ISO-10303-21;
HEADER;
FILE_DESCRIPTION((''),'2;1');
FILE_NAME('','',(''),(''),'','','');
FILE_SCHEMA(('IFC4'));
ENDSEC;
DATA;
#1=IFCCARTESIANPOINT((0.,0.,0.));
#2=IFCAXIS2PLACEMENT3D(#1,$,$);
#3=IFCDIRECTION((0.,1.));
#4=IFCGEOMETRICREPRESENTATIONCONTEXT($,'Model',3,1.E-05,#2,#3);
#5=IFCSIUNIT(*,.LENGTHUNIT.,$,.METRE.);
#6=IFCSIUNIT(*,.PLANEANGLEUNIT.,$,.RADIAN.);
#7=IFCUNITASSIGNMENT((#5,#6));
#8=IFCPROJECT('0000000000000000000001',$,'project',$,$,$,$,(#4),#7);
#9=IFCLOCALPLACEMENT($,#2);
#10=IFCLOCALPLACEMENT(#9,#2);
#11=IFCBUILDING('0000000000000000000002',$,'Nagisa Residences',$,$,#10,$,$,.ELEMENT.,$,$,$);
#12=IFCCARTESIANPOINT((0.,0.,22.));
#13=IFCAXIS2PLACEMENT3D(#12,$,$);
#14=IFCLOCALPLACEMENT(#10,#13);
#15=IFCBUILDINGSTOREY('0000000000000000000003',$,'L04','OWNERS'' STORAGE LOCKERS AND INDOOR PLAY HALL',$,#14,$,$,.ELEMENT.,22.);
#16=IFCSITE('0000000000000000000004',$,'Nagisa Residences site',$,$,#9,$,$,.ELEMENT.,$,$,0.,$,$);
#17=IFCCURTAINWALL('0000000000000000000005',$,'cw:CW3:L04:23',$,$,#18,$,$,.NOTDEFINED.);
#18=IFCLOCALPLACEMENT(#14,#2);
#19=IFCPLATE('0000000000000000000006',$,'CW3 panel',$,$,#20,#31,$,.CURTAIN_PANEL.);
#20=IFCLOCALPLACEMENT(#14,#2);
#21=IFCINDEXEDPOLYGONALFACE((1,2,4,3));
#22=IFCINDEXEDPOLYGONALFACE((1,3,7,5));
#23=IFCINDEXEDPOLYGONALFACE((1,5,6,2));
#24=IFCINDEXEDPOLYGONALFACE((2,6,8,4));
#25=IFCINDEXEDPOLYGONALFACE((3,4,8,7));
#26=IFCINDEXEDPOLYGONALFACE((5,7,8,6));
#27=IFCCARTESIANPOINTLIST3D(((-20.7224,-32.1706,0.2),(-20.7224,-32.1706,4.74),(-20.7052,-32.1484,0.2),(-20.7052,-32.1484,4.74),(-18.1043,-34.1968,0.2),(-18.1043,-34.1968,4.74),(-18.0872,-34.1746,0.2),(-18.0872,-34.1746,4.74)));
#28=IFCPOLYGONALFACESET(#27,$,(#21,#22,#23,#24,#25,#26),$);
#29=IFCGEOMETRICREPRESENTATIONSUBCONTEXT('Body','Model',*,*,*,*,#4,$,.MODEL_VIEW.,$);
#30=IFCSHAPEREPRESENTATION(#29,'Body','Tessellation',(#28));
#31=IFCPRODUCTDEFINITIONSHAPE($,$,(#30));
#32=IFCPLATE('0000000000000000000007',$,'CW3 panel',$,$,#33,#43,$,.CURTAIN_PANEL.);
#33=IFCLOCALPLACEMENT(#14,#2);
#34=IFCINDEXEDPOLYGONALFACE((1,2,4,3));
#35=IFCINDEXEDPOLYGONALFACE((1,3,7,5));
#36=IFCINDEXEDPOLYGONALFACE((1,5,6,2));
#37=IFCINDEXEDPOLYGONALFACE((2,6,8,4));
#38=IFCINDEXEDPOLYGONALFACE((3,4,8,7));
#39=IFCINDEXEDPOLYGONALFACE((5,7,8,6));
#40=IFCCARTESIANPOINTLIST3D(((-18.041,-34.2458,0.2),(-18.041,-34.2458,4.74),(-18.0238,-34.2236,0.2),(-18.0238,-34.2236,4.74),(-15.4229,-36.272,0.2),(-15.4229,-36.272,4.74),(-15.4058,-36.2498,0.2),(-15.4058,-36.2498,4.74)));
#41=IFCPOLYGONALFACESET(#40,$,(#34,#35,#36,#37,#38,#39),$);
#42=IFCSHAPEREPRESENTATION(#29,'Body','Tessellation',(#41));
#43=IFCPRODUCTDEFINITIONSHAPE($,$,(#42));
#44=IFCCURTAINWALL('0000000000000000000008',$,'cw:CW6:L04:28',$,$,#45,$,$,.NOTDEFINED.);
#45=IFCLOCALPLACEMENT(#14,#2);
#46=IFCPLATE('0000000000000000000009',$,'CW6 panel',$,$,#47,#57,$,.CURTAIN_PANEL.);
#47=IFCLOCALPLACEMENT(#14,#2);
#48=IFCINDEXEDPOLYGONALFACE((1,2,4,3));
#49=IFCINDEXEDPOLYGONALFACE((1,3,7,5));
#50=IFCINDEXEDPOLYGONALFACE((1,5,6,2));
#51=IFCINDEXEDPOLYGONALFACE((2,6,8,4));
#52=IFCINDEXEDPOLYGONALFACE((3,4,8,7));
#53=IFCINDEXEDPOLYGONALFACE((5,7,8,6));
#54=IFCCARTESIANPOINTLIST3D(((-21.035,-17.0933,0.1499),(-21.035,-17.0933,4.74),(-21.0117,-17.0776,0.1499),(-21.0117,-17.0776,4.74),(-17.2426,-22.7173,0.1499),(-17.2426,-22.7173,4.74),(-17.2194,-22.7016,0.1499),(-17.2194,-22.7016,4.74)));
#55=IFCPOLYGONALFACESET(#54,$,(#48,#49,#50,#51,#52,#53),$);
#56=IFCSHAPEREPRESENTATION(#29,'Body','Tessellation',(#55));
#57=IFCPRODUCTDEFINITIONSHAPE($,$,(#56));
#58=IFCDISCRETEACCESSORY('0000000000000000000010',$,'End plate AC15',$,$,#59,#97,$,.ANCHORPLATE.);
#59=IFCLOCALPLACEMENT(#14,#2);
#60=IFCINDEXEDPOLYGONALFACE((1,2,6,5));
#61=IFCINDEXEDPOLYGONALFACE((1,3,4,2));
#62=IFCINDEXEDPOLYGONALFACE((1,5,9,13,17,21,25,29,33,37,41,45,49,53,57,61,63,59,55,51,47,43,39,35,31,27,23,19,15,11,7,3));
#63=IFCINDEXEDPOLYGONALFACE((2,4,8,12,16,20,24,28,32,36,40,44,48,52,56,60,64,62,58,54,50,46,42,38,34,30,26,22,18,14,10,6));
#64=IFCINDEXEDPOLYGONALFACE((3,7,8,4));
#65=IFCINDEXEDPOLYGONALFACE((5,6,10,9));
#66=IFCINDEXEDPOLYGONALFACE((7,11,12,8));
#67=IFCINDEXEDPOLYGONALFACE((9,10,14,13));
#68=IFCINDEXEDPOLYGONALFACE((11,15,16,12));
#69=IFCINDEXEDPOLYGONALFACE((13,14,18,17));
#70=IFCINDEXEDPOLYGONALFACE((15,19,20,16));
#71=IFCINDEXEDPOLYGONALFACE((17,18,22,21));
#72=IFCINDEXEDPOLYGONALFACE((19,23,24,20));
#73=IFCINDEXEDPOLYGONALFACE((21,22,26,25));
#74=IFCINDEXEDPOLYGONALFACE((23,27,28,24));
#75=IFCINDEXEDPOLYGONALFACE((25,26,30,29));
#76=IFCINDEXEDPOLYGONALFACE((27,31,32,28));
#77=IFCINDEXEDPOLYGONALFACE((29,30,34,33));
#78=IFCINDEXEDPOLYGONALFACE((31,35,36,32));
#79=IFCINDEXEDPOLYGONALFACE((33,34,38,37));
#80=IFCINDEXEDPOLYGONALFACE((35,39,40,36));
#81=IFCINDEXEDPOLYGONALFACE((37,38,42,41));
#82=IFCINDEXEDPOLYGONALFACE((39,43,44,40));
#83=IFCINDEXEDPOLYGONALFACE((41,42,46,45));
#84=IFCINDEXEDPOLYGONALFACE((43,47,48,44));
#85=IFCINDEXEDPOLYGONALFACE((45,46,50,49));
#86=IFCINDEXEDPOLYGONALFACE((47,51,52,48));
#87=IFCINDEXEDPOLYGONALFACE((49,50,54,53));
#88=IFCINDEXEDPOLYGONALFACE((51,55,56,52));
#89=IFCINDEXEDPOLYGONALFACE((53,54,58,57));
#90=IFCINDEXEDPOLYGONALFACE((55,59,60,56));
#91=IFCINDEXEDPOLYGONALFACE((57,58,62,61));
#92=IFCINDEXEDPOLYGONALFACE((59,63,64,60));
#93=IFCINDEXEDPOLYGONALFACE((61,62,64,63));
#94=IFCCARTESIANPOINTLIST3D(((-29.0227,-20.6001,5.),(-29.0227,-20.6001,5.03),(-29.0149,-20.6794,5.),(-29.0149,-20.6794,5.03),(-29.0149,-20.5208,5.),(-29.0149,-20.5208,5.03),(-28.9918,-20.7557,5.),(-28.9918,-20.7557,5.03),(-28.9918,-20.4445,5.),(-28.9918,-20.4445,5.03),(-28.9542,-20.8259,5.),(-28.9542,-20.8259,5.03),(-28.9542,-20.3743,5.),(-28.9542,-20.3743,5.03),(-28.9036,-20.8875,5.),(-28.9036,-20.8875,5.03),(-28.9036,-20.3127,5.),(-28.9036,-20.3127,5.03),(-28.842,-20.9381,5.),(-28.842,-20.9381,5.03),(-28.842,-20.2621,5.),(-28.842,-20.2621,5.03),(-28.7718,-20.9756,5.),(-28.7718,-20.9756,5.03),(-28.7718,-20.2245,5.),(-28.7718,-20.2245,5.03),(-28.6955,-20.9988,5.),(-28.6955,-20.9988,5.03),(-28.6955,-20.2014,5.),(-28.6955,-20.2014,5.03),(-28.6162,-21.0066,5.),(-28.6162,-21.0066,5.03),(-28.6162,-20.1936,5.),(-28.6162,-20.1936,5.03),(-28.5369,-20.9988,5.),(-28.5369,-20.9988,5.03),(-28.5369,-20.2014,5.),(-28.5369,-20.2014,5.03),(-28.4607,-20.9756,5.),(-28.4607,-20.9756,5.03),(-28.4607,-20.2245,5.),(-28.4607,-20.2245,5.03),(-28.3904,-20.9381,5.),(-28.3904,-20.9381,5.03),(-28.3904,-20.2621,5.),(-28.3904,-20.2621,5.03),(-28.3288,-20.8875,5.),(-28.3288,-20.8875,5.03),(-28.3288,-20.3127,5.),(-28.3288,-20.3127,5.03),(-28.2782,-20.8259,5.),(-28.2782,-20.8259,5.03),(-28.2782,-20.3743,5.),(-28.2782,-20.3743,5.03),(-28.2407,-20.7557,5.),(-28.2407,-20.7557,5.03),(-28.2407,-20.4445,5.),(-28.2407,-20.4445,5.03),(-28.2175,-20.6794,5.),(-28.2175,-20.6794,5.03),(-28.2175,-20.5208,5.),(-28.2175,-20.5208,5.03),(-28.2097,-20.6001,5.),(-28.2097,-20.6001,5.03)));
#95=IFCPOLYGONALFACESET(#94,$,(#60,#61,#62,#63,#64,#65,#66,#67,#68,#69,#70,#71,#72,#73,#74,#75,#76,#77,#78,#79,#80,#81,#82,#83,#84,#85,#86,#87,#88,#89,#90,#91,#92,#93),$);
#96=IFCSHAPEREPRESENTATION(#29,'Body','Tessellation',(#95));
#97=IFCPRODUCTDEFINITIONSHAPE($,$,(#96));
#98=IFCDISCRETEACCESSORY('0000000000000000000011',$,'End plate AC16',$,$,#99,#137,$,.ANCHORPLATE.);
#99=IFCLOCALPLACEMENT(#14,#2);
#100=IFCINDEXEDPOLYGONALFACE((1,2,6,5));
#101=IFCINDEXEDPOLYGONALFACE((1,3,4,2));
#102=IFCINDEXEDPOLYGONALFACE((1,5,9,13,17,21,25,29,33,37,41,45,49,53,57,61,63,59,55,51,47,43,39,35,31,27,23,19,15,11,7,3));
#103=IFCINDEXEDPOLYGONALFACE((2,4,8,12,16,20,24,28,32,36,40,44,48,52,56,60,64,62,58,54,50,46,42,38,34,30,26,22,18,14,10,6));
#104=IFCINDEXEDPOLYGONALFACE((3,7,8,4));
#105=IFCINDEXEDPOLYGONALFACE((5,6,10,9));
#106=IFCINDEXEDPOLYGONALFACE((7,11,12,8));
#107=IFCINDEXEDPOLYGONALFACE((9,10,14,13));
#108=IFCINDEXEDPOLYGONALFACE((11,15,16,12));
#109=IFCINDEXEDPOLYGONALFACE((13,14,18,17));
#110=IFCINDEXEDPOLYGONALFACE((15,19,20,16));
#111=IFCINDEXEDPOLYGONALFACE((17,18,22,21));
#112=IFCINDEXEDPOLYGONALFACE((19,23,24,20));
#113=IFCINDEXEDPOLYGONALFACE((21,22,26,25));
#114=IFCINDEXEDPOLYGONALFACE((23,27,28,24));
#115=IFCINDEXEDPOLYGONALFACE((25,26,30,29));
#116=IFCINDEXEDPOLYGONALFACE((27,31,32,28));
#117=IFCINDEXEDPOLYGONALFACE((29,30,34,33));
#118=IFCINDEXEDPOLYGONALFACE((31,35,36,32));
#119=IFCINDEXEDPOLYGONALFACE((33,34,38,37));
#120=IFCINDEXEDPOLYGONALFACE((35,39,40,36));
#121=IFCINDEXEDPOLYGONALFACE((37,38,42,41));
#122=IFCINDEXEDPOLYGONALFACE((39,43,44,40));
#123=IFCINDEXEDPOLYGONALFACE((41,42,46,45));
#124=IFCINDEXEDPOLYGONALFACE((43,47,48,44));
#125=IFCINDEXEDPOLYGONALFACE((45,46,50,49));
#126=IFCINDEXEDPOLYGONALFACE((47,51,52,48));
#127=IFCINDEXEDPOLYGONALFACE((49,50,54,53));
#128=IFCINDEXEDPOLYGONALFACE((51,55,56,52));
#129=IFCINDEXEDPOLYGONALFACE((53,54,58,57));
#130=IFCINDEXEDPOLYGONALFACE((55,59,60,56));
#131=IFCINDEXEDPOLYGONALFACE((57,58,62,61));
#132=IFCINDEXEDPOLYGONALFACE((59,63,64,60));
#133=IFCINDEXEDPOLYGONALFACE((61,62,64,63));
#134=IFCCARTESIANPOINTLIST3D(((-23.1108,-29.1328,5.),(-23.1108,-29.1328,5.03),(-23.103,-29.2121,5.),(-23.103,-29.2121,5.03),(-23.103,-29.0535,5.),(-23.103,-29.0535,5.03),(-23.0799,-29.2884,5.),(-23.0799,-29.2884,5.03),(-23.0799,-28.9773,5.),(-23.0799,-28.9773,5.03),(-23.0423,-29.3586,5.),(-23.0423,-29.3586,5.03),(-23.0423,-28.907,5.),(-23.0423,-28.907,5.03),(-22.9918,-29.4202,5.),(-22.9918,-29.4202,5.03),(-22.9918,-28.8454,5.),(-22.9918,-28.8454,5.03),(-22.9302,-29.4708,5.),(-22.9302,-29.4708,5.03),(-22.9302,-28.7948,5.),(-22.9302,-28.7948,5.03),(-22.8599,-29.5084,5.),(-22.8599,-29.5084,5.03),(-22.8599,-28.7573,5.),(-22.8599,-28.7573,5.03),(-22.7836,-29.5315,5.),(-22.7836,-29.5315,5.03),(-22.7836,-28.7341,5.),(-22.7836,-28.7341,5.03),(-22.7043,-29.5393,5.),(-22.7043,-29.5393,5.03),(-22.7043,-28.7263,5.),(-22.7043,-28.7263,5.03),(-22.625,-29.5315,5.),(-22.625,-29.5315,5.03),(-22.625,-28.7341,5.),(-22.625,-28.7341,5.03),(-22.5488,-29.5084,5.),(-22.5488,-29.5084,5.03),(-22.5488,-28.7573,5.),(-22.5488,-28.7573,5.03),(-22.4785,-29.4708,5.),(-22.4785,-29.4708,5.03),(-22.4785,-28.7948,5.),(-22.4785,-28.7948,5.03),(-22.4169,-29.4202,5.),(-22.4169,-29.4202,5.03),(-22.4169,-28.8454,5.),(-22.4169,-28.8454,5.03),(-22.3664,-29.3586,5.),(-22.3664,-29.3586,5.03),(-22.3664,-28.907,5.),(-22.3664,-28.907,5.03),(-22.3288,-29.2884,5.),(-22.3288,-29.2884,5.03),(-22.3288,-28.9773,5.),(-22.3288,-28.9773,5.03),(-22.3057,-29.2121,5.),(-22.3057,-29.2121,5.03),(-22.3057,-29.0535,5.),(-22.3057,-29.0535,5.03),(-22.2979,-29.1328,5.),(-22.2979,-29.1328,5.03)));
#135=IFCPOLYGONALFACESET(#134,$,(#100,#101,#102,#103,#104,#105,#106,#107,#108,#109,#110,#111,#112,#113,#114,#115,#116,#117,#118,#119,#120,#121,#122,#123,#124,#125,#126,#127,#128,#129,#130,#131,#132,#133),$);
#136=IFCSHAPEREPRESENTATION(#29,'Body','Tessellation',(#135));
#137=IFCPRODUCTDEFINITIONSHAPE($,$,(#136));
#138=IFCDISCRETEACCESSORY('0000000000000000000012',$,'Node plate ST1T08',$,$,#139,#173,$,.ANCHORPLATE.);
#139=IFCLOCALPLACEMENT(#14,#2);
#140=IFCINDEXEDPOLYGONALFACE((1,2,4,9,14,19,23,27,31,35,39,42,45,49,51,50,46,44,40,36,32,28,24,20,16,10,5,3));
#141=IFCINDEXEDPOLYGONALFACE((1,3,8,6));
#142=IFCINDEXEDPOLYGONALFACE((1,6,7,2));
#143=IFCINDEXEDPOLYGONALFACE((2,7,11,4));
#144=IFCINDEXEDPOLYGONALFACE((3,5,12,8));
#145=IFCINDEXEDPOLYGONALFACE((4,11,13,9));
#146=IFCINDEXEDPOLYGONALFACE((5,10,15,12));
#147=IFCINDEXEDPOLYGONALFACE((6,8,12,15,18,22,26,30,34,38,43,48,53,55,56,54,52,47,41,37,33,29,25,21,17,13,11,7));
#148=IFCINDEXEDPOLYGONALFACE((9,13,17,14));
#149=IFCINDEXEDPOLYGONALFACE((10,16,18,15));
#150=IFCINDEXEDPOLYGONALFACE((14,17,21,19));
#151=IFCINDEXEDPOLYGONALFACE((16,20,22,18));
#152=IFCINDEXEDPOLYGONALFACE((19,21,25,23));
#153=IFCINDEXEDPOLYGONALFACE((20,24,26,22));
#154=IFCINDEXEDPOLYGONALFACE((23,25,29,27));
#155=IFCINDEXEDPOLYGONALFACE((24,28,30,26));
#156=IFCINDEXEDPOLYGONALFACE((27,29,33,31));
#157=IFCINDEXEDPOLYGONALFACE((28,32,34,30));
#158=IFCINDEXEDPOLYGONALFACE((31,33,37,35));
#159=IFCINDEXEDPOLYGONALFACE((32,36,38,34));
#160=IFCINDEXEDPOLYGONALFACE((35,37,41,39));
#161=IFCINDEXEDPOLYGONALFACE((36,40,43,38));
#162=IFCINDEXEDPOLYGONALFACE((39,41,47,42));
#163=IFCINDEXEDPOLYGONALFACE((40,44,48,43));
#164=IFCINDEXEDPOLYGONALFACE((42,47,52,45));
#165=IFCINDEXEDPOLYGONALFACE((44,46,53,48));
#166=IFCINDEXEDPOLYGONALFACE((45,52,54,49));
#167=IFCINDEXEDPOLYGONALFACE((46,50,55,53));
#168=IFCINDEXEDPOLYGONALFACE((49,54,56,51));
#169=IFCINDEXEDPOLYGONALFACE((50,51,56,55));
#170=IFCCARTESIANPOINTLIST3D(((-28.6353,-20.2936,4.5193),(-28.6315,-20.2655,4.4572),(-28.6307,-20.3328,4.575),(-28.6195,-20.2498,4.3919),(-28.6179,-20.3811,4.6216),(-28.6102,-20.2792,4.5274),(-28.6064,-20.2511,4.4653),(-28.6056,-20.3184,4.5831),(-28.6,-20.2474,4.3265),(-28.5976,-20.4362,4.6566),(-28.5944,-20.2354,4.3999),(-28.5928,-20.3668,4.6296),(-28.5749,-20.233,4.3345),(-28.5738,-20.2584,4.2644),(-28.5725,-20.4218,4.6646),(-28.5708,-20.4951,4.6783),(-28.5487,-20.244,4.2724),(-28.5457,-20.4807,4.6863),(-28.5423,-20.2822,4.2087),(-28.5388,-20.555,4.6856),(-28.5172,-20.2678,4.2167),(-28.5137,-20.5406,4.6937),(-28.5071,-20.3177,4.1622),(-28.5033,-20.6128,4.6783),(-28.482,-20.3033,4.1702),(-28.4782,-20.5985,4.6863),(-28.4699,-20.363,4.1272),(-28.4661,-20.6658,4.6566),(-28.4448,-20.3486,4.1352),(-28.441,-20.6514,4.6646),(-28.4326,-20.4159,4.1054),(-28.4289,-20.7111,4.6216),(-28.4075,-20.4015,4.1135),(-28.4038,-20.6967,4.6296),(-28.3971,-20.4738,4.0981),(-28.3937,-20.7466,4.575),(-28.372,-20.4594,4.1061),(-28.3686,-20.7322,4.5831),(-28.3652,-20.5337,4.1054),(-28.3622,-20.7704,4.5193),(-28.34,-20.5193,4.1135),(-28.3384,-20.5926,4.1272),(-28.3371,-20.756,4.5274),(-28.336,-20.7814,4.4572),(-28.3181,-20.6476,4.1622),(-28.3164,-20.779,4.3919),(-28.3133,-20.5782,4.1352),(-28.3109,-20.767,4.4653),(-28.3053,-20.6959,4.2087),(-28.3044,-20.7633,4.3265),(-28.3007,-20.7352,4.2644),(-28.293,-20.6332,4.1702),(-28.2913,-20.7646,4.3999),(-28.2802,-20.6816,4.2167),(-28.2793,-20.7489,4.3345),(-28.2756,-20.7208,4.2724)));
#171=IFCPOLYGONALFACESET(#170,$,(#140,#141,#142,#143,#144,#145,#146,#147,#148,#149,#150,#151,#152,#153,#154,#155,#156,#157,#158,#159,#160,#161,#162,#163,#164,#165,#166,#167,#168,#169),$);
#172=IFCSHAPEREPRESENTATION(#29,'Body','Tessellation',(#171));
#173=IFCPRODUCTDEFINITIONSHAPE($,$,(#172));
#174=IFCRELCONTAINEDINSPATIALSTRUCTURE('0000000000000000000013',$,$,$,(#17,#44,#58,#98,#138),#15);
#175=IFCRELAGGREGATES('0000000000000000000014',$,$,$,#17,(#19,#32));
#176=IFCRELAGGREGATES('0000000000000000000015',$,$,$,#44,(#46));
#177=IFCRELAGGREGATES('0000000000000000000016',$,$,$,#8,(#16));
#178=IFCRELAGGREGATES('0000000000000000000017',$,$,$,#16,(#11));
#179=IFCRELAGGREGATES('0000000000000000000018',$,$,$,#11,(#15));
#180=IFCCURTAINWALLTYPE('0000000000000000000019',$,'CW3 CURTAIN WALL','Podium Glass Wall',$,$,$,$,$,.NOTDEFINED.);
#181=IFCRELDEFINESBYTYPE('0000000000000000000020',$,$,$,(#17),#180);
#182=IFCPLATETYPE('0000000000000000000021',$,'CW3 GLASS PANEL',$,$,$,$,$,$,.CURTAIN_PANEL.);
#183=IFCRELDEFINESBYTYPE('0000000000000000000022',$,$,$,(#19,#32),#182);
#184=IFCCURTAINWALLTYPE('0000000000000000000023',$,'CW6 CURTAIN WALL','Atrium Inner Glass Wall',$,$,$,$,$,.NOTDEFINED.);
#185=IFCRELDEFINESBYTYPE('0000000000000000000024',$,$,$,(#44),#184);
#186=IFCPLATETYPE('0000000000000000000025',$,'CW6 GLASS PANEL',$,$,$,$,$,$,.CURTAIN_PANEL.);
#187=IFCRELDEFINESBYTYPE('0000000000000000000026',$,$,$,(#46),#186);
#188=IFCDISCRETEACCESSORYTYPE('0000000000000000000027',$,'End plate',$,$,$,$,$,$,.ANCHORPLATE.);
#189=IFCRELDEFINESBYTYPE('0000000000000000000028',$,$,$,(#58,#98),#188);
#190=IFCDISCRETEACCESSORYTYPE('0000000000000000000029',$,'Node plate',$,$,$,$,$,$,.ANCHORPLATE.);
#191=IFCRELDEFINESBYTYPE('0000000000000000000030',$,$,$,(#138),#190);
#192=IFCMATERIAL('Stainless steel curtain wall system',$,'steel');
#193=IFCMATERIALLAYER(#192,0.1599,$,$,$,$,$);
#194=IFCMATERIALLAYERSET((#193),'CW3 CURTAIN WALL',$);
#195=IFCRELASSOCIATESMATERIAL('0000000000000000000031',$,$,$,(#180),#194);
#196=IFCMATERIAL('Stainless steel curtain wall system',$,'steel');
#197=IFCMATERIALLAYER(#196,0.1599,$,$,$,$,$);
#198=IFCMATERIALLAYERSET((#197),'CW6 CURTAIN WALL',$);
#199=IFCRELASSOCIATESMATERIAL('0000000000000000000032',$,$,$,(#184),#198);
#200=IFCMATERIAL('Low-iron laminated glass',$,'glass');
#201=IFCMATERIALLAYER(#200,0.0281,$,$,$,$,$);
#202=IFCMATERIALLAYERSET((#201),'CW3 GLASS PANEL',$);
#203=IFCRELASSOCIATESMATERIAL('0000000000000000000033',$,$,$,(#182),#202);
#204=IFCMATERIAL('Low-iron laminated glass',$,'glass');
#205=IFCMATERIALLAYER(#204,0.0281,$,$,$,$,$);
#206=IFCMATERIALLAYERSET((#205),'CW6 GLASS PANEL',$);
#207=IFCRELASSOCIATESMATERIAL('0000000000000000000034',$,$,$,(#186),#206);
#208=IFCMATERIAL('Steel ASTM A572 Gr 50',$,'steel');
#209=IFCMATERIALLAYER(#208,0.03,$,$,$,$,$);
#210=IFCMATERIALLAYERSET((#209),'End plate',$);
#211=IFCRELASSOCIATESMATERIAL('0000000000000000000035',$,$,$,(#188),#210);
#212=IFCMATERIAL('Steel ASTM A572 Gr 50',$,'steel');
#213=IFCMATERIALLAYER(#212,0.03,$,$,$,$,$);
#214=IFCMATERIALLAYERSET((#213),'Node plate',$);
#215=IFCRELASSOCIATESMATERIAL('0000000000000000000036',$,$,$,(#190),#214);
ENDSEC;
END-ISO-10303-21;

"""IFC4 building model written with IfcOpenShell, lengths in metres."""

from ifc_helpers import new_model, si_unit, direction, frame, origin, origin_2d, place, context, subcontext, project, spatial, rectangle, circle, extrude, material, layer, layer_set, type_object, element, aggregate, save


model = new_model("IFC4")

# Units and contexts
model_context = context("Model", 3, precision=1e-05, world=origin(), true_north=direction((0.0, 1.0)))
body_context = subcontext(model_context, "Body", "Model", "MODEL_VIEW")
ifc_project = project(units=[si_unit("LENGTHUNIT", "METRE"), si_unit("PLANEANGLEUNIT", "RADIAN")], contexts=[model_context])

# Site, building, storey
site_placement = place(None, origin())
site = spatial("IfcSite", under=ifc_project, at=site_placement, Name="Nagisa Residences site", CompositionType="ELEMENT", RefElevation=0.0)
building_placement = place(site_placement, origin())
building = spatial("IfcBuilding", under=site, at=building_placement, Name="Nagisa Residences", CompositionType="ELEMENT")
storey_placement = place(building_placement, frame((0.0, 0.0, 22.0)))
storey = spatial("IfcBuildingStorey", under=building, at=storey_placement, Name="L04", Description="OWNERS' STORAGE LOCKERS AND INDOOR PLAY HALL", CompositionType="ELEMENT", Elevation=22.0)

# Curtain wall
ifc_material_1 = material(Name="Stainless steel curtain wall system", Category="steel")
ifc_layer_1 = layer(ifc_material_1, 0.1599)
ifc_layer_set_1 = layer_set([ifc_layer_1], Name="CW3 CURTAIN WALL")
curtain_wall_type_1 = type_object("IfcCurtainWallType", Name="CW3 CURTAIN WALL", Description="Podium Glass Wall", PredefinedType="NOTDEFINED", material=ifc_layer_set_1)
curtain_wall_1_placement = place(storey_placement, origin())
curtain_wall_1 = element("IfcCurtainWall", 1, at=curtain_wall_1_placement, inside=storey, type_object=curtain_wall_type_1, Name="cw:CW3:L04:23", PredefinedType="NOTDEFINED")

# Shared definitions
ifc_material_2 = material(Name="Stainless steel curtain wall system", Category="steel")
ifc_layer_2 = layer(ifc_material_2, 0.1599)
ifc_layer_set_2 = layer_set([ifc_layer_2], Name="CW6 CURTAIN WALL")
curtain_wall_type_2 = type_object("IfcCurtainWallType", Name="CW6 CURTAIN WALL", Description="Atrium Inner Glass Wall", PredefinedType="NOTDEFINED", material=ifc_layer_set_2)

# Plates
ifc_material_3 = material(Name="Low-iron laminated glass", Category="glass")
ifc_layer_3 = layer(ifc_material_3, 0.0281)
ifc_layer_set_3 = layer_set([ifc_layer_3], Name="CW3 GLASS PANEL")
plate_type_1 = type_object("IfcPlateType", Name="CW3 GLASS PANEL", PredefinedType="CURTAIN_PANEL", material=ifc_layer_set_3)
plate_1_placement = place(storey_placement, frame((-19.4048, -33.1726, 0.2), z_axis=(0.0, 0.0, 1.0), x_axis=(0.790831, -0.612035, 0.0)))
plate_1 = element("IfcPlate", 2, at=plate_1_placement, type_object=plate_type_1, Name="CW3 panel", PredefinedType="CURTAIN_PANEL", context=body_context, shape_type="SweptSolid", body=[
    extrude(rectangle(XDim=3.3105, YDim=0.0281, at=origin_2d()), origin(), (0.0, 0.0, 1.0), 4.54),
])
plate_2_placement = place(storey_placement, frame((-16.7234, -35.2478, 0.2), z_axis=(0.0, 0.0, 1.0), x_axis=(0.790831, -0.612035, 0.0)))
plate_2 = element("IfcPlate", 3, at=plate_2_placement, type_object=plate_type_1, Name="CW3 panel", PredefinedType="CURTAIN_PANEL", context=body_context, shape_type="SweptSolid", body=[
    extrude(rectangle(XDim=3.3105, YDim=0.0281, at=origin_2d()), origin(), (0.0, 0.0, 1.0), 4.54),
])
aggregate(curtain_wall_1, [plate_1, plate_2])

# Curtain wall, plate
curtain_wall_2_placement = place(storey_placement, origin())
curtain_wall_2 = element("IfcCurtainWall", 4, at=curtain_wall_2_placement, inside=storey, type_object=curtain_wall_type_2, Name="cw:CW6:L04:28", PredefinedType="NOTDEFINED")
ifc_material_4 = material(Name="Low-iron laminated glass", Category="glass")
ifc_layer_4 = layer(ifc_material_4, 0.0281)
ifc_layer_set_4 = layer_set([ifc_layer_4], Name="CW6 GLASS PANEL")
plate_type_2 = type_object("IfcPlateType", Name="CW6 GLASS PANEL", PredefinedType="CURTAIN_PANEL", material=ifc_layer_set_4)
plate_3_placement = place(storey_placement, frame((-19.1272, -19.8975, 0.1499), z_axis=(0.0, 0.0, 1.0), x_axis=(0.559084, -0.829111, 0.0)))
plate_3 = element("IfcPlate", 5, at=plate_3_placement, type_object=plate_type_2, Name="CW6 panel", PredefinedType="CURTAIN_PANEL", context=body_context, shape_type="SweptSolid", body=[
    extrude(rectangle(XDim=6.7832, YDim=0.0281, at=origin_2d()), origin(), (0.0, 0.0, 1.0), 4.5901),
])
aggregate(curtain_wall_2, [plate_3])

# Discrete accessories
ifc_material_5 = material(Name="Steel ASTM A572 Gr 50", Category="steel")
ifc_layer_5 = layer(ifc_material_5, 0.03)
ifc_layer_set_5 = layer_set([ifc_layer_5], Name="End plate")
discrete_accessory_type_1 = type_object("IfcDiscreteAccessoryType", Name="End plate", PredefinedType="ANCHORPLATE", material=ifc_layer_set_5)
for number, where, z_axis, x_axis, name in (
    (6, (-28.6162, -20.6001, 5.0), (0.0, 0.0, 1.0), (1.0, 0.0, 0.0), "End plate AC15"),
    (7, (-22.7043, -29.1328, 5.0), (0.0, 0.0, 1.0), (1.0, 0.0, 0.0), "End plate AC16"),
):
    element("IfcDiscreteAccessory", number, at=place(storey_placement, frame(where, z_axis=z_axis, x_axis=x_axis)), inside=storey, type_object=discrete_accessory_type_1, Name=name, PredefinedType="ANCHORPLATE", context=body_context, shape_type="SweptSolid", body=[
        extrude(circle(Radius=0.4065, at=origin_2d()), origin(), (0.0, 0.0, 1.0), 0.03),
    ])
ifc_material_6 = material(Name="Steel ASTM A572 Gr 50", Category="steel")
ifc_layer_6 = layer(ifc_material_6, 0.03)
ifc_layer_set_6 = layer_set([ifc_layer_6], Name="Node plate")
discrete_accessory_type_2 = type_object("IfcDiscreteAccessoryType", Name="Node plate", PredefinedType="ANCHORPLATE", material=ifc_layer_set_6)
discrete_accessory_placement = place(storey_placement, frame((-28.4429, -20.5, 4.3999), z_axis=(-0.836018, -0.478884, -0.26785), x_axis=(0.497046, -0.867724, 0.0)))
element("IfcDiscreteAccessory", 8, at=discrete_accessory_placement, inside=storey, type_object=discrete_accessory_type_2, Name="Node plate ST1T08", PredefinedType="ANCHORPLATE", context=body_context, shape_type="SweptSolid", body=[
    extrude(circle(Radius=0.3049, at=origin_2d()), origin(), (0.0, 0.0, 1.0), 0.03),
])

save(model, "model.ifc")
